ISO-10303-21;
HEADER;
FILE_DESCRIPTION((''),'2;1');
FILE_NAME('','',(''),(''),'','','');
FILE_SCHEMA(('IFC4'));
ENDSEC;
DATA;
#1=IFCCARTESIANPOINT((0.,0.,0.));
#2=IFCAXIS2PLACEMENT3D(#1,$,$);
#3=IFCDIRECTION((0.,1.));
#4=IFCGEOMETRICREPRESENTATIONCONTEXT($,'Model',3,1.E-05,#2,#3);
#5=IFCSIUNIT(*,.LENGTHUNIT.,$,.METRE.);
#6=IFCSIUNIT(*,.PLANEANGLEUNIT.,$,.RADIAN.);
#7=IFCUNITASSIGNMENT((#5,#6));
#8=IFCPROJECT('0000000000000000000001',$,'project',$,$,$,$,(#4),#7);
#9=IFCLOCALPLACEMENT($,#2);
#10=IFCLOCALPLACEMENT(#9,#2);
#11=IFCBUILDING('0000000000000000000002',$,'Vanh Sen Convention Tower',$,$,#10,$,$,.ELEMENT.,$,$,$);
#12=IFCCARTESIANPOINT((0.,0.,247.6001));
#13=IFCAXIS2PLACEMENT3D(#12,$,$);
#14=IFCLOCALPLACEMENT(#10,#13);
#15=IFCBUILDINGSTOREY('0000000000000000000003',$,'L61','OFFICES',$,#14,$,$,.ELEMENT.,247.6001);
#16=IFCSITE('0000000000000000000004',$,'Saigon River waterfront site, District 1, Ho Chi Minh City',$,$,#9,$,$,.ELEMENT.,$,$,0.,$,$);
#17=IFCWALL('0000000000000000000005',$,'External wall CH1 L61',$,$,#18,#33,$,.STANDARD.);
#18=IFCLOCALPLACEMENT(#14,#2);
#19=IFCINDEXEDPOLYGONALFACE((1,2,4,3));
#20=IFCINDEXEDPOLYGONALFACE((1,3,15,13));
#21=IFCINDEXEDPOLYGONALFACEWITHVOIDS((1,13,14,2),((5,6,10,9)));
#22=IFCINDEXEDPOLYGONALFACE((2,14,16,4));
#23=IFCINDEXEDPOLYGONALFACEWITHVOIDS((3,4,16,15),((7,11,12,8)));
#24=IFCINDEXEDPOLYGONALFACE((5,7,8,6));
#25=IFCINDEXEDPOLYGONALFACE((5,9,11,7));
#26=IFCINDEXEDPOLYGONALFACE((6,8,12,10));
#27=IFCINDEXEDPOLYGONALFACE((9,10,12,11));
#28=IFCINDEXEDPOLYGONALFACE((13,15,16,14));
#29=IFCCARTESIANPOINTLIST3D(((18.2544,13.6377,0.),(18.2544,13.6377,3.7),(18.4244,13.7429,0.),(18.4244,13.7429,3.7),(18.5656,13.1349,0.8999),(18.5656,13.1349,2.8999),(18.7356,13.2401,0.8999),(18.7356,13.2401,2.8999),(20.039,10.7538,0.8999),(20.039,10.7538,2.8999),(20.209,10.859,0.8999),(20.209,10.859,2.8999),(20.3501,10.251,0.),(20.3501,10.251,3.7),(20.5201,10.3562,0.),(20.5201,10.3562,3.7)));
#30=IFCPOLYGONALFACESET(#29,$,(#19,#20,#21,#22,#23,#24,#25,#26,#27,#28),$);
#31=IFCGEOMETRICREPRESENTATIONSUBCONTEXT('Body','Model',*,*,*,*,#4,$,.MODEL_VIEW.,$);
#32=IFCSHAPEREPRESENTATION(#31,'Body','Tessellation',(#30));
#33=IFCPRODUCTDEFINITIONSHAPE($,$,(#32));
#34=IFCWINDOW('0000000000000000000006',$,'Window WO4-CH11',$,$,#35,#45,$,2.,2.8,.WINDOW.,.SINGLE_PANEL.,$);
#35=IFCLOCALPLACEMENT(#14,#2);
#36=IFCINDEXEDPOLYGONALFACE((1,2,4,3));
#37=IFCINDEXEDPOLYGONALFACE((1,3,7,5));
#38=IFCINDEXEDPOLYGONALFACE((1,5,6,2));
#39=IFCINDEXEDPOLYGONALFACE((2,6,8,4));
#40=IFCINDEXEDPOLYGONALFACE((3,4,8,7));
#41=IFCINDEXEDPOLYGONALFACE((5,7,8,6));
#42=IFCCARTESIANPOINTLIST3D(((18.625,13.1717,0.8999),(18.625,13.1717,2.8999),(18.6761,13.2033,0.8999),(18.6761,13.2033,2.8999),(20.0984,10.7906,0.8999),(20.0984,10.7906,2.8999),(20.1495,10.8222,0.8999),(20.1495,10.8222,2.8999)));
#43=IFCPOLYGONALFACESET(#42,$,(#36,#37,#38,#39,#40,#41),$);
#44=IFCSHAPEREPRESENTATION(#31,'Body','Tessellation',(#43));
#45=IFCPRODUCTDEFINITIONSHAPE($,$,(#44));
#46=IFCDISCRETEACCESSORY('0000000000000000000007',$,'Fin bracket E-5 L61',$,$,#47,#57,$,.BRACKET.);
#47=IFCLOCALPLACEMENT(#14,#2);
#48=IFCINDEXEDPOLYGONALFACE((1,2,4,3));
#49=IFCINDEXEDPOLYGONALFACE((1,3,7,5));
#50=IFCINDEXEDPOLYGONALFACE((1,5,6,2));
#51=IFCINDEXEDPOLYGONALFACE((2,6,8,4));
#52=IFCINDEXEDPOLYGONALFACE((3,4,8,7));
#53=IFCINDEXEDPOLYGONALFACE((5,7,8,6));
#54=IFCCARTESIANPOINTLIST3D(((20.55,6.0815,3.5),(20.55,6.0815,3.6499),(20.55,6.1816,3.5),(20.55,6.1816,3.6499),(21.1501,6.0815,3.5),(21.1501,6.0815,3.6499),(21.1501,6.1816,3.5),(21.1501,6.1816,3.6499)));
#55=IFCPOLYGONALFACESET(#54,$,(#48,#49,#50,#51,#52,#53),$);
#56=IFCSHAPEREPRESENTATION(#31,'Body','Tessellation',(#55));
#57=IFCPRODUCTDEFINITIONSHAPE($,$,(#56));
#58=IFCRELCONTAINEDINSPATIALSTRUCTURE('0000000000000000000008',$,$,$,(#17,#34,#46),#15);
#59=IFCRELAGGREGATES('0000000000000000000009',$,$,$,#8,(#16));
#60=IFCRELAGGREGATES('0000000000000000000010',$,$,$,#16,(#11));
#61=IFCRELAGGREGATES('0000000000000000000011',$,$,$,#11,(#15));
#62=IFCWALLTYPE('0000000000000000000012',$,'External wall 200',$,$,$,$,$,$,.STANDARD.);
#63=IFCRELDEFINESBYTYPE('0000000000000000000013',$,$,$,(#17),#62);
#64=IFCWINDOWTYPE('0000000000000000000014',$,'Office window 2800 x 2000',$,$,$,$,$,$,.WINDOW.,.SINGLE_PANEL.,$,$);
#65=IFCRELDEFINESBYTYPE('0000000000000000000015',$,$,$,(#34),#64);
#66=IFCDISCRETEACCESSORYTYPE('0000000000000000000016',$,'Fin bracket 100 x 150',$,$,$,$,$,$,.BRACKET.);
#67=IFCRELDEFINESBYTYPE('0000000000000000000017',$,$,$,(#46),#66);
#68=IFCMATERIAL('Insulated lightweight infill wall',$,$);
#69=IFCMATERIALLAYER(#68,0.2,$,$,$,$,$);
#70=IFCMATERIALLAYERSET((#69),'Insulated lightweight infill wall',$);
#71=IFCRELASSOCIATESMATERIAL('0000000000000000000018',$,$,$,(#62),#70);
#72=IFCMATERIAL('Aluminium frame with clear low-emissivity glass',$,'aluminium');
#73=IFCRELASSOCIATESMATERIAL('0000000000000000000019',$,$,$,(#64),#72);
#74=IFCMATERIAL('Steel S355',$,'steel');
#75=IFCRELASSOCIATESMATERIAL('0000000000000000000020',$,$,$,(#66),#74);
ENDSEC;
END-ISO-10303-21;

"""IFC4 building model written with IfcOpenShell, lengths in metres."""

from ifc_helpers import new_model, si_unit, direction, frame, frame_2d, origin, origin_2d, place, context, subcontext, project, spatial, rectangle, extrude, material, layer, layer_set, type_object, element, fill, save


model = new_model("IFC4")

# Units and contexts
model_context = context("Model", 3, precision=1e-05, world=origin(), true_north=direction((0.0, 1.0)))
body_context = subcontext(model_context, "Body", "Model", "MODEL_VIEW")
ifc_project = project(units=[si_unit("LENGTHUNIT", "METRE"), si_unit("PLANEANGLEUNIT", "RADIAN")], contexts=[model_context])

# Site, building, storey
site_placement = place(None, origin())
site = spatial("IfcSite", under=ifc_project, at=site_placement, Name="Saigon River waterfront site, District 1, Ho Chi Minh City", CompositionType="ELEMENT", RefElevation=0.0)
building_placement = place(site_placement, origin())
building = spatial("IfcBuilding", under=site, at=building_placement, Name="Vanh Sen Convention Tower", CompositionType="ELEMENT")
storey_placement = place(building_placement, frame((0.0, 0.0, 247.6001)))
storey = spatial("IfcBuildingStorey", under=building, at=storey_placement, Name="L61", Description="OFFICES", CompositionType="ELEMENT", Elevation=247.6001)

# Wall, opening, window
ifc_material_1 = material(Name="Insulated lightweight infill wall")
ifc_layer_1 = layer(ifc_material_1, 0.2)
ifc_layer_set_1 = layer_set([ifc_layer_1], Name="Insulated lightweight infill wall")
wall_type_1 = type_object("IfcWallType", Name="External wall 200", PredefinedType="STANDARD", material=ifc_layer_set_1)
wall_1_placement = place(storey_placement, frame((20.4351, 10.3037, 0.0), z_axis=(0.0, 0.0, 1.0), x_axis=(-0.526203, 0.850359, 0.0)))
wall_1 = element("IfcWall", 1, at=wall_1_placement, inside=storey, type_object=wall_type_1, Name="External wall CH1 L61", PredefinedType="STANDARD", context=body_context, shape_type="SweptSolid", body=[
    extrude(rectangle(XDim=3.9827, YDim=0.2, at=frame_2d((1.9912, 0.0))), origin(), (0.0, 0.0, 1.0), 3.7),
])
opening_1_placement = place(wall_1_placement, frame((0.5913, 0.0, 0.8999)))
opening_1 = element("IfcOpeningElement", 2, at=opening_1_placement, cuts=wall_1, PredefinedType="OPENING", context=body_context, shape_type="SweptSolid", body=[
    extrude(rectangle(XDim=2.8, YDim=2.0, at=frame_2d((1.3999, 1.0))), frame((0.0, 0.1099, 0.0), z_axis=(0.0, -1.0, 0.0), x_axis=(1.0, 0.0, 0.0)), (0.0, 0.0, 1.0), 0.22),
])
ifc_material_2 = material(Name="Aluminium frame with clear low-emissivity glass", Category="aluminium")
window_type = type_object("IfcWindowType", Name="Office window 2800 x 2000", PartitioningType="SINGLE_PANEL", PredefinedType="WINDOW", material=ifc_material_2)
window_placement = place(opening_1_placement, origin())
window = element("IfcWindow", 3, at=window_placement, inside=storey, type_object=window_type, Name="Window WO4-CH11", OverallHeight=2.0, OverallWidth=2.8, PartitioningType="SINGLE_PANEL", PredefinedType="WINDOW", context=body_context, shape_type="SweptSolid", body=[
    extrude(rectangle(XDim=2.8, YDim=2.0, at=frame_2d((1.3999, 1.0))), frame((0.0, 0.03, 0.0), z_axis=(0.0, -1.0, 0.0), x_axis=(1.0, 0.0, 0.0)), (0.0, 0.0, 1.0), 0.0601),
])
fill(opening_1, window)

# Discrete accessory
ifc_material_3 = material(Name="Steel S355", Category="steel")
discrete_accessory_type = type_object("IfcDiscreteAccessoryType", Name="Fin bracket 100 x 150", PredefinedType="BRACKET", material=ifc_material_3)
discrete_accessory_placement = place(storey_placement, frame((20.8501, 6.1316, 3.5), z_axis=(0.0, 0.0, 1.0), x_axis=(1.0, 0.0, 0.0)))
element("IfcDiscreteAccessory", 4, at=discrete_accessory_placement, inside=storey, type_object=discrete_accessory_type, Name="Fin bracket E-5 L61", PredefinedType="BRACKET", context=body_context, shape_type="SweptSolid", body=[
    extrude(rectangle(XDim=0.6001, YDim=0.1001, at=origin_2d()), origin(), (0.0, 0.0, 1.0), 0.1499),
])

save(model, "model.ifc")
